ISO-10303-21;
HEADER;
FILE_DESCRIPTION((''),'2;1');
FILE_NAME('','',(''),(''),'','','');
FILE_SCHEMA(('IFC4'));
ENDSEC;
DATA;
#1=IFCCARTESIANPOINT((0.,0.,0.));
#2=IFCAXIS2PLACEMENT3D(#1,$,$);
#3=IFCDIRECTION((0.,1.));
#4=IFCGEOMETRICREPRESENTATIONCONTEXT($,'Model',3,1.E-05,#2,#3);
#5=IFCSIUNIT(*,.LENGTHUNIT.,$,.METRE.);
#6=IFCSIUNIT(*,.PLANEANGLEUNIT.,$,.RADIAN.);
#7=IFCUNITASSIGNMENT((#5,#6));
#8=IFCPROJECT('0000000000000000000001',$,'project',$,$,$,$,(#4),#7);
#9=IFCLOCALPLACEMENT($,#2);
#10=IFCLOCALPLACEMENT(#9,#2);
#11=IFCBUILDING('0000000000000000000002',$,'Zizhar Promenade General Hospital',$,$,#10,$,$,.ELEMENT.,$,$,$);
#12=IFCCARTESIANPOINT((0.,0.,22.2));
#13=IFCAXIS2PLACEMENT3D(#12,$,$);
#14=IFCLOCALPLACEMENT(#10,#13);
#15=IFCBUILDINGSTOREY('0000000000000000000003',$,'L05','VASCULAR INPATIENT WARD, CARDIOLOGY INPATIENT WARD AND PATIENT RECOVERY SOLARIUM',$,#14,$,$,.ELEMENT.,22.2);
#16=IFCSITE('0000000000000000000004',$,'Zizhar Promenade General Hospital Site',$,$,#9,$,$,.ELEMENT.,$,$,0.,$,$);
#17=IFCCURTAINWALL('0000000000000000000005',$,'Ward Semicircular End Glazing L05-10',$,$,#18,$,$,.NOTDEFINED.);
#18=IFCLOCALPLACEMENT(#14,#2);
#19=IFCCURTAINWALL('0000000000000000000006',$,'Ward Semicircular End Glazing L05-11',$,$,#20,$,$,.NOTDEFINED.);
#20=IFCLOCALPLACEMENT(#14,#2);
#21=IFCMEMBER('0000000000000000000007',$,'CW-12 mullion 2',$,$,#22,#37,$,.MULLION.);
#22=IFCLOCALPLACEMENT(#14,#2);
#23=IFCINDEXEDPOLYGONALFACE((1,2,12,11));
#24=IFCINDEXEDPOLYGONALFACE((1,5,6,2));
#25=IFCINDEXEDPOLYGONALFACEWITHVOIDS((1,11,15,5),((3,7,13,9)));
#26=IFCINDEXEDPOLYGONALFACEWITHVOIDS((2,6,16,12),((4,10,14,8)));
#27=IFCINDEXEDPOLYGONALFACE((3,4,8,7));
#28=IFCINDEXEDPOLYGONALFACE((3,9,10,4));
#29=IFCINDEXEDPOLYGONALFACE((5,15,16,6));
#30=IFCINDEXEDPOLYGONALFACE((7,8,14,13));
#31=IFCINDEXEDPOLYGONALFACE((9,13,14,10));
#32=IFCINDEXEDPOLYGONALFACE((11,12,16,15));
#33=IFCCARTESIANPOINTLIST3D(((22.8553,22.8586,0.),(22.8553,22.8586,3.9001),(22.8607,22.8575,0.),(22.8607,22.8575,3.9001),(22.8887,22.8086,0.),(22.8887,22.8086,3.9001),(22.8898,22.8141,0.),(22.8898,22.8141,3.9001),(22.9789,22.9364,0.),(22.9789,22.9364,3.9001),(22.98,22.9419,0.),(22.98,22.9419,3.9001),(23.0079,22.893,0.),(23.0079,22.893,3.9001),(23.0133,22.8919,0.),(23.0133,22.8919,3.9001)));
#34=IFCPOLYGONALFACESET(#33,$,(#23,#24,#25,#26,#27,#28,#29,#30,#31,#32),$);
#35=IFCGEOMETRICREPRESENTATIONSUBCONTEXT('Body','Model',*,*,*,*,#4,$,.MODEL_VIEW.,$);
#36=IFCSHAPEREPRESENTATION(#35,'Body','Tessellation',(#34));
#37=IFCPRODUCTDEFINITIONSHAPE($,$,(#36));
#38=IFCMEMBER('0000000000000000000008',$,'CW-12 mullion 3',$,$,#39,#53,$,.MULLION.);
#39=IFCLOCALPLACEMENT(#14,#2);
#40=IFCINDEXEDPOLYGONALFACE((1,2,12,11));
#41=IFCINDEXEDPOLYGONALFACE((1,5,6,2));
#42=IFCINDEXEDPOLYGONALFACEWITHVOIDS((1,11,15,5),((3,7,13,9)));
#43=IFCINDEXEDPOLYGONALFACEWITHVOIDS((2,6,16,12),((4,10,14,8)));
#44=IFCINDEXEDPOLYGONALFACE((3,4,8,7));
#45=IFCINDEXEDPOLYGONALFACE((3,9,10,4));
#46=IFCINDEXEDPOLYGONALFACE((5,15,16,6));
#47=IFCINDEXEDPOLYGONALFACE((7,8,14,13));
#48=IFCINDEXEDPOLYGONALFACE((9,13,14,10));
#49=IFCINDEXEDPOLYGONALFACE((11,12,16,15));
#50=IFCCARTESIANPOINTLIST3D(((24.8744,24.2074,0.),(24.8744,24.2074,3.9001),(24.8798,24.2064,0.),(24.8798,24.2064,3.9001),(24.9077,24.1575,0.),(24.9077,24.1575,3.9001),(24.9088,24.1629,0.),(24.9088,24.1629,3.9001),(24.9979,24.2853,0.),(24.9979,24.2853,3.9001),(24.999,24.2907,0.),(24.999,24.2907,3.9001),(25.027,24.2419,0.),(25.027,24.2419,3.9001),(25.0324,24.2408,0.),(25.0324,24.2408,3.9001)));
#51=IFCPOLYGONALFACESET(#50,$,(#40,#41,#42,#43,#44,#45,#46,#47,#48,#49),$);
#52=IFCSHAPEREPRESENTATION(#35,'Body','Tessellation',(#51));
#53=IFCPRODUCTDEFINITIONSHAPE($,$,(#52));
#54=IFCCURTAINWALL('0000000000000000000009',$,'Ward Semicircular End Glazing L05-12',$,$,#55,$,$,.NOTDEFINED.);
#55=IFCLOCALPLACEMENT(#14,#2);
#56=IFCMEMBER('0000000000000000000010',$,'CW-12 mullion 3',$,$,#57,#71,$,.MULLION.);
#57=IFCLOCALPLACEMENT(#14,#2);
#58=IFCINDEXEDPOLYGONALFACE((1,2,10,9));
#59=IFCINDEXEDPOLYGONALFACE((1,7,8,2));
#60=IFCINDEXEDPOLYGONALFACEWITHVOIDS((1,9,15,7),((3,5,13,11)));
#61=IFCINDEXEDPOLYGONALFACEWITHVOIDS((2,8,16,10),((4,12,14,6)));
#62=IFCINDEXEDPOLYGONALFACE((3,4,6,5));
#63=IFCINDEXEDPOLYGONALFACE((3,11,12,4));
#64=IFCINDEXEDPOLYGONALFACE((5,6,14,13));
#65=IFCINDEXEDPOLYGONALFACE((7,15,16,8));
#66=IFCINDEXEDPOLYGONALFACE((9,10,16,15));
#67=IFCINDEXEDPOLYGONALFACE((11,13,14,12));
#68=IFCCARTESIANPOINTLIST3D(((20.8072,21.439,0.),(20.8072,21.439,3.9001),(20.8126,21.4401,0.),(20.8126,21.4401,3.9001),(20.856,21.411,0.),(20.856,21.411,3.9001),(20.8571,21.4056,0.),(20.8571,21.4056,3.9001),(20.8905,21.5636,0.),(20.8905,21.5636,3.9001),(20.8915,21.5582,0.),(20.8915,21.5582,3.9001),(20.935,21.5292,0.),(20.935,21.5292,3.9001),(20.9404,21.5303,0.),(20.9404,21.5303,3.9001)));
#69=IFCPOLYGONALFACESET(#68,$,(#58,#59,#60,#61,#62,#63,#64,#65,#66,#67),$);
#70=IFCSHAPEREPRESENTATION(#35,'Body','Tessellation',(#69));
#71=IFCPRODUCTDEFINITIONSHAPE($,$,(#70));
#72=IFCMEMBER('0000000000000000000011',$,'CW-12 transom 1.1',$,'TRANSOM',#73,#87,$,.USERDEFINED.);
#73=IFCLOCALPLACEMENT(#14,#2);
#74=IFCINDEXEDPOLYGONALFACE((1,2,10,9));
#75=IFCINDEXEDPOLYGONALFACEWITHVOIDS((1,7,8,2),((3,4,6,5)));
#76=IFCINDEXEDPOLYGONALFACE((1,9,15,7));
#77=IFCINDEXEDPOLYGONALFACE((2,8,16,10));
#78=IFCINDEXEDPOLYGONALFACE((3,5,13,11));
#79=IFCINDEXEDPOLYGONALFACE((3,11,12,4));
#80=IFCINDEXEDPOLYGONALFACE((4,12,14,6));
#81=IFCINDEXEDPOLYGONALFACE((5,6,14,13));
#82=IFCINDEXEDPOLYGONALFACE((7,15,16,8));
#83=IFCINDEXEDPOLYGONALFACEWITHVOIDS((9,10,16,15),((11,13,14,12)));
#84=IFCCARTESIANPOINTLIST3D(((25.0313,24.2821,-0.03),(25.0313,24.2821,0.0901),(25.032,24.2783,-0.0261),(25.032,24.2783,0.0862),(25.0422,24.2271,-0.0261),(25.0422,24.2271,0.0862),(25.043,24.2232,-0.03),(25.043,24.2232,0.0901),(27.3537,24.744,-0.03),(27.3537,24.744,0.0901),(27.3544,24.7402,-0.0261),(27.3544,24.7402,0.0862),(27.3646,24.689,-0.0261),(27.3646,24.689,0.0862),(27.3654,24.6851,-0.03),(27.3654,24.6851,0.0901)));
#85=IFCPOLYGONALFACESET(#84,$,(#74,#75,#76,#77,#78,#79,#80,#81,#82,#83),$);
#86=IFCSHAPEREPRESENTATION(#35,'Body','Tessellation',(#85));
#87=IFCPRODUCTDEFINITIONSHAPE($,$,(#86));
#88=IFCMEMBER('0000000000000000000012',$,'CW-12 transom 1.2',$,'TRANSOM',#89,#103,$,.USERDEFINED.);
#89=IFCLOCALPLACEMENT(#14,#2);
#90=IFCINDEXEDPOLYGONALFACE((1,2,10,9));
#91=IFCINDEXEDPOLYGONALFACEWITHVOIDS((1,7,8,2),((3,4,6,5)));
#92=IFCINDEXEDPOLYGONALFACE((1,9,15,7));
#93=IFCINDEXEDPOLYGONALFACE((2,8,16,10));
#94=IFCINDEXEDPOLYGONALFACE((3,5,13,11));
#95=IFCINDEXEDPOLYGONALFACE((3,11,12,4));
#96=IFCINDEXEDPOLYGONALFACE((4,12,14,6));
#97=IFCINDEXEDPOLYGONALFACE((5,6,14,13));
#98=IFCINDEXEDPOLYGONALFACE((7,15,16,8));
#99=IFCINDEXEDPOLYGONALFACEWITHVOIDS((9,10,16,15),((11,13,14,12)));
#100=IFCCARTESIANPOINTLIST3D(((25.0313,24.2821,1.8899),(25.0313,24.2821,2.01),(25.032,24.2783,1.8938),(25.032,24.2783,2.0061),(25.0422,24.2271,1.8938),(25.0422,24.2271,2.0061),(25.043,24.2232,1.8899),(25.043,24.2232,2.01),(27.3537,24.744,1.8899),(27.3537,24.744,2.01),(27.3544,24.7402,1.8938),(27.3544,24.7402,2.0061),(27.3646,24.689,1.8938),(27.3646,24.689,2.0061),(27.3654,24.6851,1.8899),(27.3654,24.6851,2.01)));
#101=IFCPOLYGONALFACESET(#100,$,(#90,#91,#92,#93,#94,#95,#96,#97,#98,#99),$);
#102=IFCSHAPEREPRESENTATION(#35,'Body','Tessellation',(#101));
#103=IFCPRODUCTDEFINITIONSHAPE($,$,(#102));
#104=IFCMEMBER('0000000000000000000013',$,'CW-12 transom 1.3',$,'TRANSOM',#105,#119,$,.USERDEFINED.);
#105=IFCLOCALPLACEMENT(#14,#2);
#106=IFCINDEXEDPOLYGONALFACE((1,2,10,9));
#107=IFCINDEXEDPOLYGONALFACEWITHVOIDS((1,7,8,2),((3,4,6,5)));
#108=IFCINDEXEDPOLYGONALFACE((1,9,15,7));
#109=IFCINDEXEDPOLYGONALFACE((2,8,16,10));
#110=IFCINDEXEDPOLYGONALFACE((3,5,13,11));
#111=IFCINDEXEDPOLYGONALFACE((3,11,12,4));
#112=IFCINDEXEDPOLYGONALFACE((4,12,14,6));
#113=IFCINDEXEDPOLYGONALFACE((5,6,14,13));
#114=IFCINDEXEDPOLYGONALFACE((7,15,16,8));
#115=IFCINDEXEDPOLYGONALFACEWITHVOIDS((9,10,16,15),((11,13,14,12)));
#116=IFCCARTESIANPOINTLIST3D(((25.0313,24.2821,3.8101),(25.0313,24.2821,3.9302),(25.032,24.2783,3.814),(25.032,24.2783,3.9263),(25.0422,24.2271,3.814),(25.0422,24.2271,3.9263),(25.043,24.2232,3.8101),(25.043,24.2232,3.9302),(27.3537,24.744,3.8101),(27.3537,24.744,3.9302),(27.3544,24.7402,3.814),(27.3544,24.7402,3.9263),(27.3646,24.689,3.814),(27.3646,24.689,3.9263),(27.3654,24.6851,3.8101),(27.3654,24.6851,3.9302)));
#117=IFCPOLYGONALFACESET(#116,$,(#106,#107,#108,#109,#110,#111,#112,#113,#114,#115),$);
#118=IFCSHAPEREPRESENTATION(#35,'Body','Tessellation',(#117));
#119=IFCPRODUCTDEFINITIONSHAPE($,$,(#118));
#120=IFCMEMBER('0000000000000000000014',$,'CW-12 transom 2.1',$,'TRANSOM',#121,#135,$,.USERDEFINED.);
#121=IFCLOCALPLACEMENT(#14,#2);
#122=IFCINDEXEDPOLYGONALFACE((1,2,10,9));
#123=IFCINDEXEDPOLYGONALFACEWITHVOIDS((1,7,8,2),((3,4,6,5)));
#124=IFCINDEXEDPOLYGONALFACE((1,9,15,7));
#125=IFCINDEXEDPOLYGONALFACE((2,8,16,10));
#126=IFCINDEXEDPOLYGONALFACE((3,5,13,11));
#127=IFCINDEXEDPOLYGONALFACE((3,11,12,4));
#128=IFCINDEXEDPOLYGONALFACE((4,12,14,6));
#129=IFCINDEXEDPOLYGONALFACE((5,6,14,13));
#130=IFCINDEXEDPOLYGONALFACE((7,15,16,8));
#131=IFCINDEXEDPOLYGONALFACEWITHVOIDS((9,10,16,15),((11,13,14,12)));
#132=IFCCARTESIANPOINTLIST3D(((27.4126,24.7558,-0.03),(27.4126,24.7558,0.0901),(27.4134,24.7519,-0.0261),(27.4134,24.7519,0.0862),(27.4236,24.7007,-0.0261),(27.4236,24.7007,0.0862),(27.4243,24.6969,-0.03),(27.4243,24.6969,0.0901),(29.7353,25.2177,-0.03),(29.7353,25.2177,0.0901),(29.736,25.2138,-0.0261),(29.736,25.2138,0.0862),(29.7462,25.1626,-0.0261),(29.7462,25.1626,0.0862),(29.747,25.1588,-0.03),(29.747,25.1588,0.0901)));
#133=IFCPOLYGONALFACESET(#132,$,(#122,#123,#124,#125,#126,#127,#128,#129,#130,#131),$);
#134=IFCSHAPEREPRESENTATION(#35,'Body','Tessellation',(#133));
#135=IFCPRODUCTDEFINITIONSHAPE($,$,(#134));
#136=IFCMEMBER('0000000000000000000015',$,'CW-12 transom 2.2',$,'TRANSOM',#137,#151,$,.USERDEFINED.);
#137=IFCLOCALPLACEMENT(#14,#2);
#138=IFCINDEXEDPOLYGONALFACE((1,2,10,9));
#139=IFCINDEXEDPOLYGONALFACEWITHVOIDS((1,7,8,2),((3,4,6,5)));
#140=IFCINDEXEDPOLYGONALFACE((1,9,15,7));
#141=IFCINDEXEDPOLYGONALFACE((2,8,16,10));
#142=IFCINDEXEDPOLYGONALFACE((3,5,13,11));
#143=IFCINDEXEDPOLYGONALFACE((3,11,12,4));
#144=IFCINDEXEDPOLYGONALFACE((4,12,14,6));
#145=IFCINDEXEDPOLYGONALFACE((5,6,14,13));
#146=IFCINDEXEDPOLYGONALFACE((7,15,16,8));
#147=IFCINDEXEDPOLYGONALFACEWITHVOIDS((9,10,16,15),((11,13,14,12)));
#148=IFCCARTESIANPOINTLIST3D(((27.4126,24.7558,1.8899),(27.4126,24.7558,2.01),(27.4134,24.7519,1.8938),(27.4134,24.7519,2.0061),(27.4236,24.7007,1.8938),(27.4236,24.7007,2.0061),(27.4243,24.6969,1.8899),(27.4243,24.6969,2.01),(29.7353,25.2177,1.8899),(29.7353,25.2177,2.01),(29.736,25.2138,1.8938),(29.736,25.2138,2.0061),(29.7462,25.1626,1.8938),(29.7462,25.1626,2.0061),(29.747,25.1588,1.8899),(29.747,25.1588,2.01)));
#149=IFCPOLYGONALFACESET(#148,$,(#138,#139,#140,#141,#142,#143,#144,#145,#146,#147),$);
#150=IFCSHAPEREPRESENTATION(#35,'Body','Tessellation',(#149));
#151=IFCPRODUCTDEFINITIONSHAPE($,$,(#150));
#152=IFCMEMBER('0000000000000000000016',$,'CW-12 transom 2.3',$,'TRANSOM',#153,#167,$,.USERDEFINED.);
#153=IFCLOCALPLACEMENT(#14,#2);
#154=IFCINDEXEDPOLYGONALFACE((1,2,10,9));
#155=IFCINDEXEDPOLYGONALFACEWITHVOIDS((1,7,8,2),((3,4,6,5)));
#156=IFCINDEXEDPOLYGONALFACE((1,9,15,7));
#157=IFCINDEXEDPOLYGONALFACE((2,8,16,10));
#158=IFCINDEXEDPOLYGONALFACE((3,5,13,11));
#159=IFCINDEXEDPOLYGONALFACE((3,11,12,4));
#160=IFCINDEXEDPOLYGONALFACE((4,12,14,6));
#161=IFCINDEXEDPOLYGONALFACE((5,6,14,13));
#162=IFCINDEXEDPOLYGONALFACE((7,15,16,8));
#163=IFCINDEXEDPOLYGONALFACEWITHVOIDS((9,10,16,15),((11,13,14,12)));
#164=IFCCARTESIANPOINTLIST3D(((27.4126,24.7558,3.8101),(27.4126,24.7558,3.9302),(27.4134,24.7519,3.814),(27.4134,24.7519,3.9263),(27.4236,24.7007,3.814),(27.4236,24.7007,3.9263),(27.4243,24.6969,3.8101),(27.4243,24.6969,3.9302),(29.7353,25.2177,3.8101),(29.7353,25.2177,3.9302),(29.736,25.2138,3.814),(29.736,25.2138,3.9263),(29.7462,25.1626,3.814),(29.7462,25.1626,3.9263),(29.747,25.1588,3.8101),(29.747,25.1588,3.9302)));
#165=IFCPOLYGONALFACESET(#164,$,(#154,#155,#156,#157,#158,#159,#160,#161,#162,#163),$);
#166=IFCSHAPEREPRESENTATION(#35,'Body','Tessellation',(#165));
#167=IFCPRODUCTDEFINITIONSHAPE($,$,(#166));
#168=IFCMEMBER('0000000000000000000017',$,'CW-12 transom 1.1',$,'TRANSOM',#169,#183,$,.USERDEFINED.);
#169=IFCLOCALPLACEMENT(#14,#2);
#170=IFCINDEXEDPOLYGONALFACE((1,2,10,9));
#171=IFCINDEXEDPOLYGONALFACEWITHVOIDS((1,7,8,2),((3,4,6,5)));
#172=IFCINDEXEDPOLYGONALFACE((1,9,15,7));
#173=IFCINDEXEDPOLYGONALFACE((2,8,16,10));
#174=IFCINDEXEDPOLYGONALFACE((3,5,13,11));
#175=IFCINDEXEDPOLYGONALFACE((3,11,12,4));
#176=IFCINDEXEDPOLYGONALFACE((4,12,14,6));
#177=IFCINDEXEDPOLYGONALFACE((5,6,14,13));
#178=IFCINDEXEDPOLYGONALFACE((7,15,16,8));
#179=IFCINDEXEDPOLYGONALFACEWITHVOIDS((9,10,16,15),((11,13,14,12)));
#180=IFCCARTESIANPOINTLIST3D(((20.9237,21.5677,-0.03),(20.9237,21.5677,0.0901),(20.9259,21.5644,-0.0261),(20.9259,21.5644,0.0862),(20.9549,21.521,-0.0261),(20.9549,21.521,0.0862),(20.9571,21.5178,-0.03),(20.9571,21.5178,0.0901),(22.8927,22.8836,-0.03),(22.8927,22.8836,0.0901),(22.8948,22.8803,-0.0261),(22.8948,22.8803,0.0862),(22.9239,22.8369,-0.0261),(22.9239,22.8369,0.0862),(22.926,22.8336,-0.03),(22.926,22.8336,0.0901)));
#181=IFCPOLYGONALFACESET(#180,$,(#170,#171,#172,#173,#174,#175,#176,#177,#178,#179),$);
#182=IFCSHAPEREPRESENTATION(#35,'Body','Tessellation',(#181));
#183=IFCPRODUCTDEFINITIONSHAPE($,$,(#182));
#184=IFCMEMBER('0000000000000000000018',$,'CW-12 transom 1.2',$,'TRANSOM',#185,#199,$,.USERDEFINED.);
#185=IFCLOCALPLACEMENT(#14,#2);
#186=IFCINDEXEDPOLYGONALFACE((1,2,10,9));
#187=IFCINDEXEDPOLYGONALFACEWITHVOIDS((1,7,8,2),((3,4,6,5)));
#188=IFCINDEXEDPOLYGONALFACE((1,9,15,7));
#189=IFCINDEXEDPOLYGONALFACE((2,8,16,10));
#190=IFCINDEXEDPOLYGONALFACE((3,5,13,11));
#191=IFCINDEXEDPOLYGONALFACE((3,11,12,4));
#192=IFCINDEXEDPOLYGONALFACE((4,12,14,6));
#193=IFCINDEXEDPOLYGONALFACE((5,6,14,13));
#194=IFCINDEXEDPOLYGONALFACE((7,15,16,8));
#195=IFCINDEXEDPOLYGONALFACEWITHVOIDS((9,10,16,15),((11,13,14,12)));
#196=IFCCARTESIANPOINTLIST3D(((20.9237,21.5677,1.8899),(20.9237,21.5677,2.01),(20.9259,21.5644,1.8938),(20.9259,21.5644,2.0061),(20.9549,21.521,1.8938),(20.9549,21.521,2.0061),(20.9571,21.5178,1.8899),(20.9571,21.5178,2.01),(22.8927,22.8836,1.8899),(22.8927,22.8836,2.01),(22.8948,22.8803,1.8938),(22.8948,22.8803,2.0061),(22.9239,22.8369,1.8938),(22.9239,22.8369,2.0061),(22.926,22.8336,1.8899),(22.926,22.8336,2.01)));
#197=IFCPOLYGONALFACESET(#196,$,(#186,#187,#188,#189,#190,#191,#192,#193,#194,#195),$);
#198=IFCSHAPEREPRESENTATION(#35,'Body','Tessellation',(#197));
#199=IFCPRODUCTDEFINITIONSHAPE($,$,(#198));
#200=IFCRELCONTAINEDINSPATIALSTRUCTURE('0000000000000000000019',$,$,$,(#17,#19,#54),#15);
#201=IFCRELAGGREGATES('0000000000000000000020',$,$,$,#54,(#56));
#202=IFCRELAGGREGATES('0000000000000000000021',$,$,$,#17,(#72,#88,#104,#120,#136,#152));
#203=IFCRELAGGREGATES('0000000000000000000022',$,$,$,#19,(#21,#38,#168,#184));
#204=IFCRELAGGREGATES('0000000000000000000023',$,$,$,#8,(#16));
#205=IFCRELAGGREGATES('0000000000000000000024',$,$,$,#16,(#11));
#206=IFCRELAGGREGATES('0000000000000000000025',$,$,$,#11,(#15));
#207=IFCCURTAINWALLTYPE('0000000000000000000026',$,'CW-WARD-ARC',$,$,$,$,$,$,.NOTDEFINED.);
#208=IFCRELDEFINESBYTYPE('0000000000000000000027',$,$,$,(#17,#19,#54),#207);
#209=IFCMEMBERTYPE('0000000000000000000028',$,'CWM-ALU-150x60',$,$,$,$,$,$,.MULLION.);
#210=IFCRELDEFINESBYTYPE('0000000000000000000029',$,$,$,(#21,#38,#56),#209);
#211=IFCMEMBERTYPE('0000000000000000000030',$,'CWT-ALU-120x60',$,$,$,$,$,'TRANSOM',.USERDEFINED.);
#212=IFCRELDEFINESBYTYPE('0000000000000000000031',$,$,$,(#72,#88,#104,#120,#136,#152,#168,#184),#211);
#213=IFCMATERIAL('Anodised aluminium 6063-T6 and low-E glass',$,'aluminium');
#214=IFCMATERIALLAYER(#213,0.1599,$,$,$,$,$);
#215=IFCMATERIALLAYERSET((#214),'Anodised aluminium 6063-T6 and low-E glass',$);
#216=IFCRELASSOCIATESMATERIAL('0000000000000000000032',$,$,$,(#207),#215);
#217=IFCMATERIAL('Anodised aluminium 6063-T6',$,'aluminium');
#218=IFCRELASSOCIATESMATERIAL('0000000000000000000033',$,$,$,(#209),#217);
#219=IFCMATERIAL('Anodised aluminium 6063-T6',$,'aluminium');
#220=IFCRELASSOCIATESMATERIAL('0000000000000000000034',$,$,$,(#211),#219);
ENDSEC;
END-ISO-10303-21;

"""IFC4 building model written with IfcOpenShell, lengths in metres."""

from ifc_helpers import new_model, si_unit, direction, frame, origin, origin_2d, place, context, subcontext, project, spatial, hollow_rectangle, extrude, material, layer, layer_set, material_profile, profile_set, type_object, element, aggregate, save


model = new_model("IFC4")

# Units and contexts
model_context = context("Model", 3, precision=1e-05, world=origin(), true_north=direction((0.0, 1.0)))
body_context = subcontext(model_context, "Body", "Model", "MODEL_VIEW")
ifc_project = project(units=[si_unit("LENGTHUNIT", "METRE"), si_unit("PLANEANGLEUNIT", "RADIAN")], contexts=[model_context])

# Site, building, storey
site_placement = place(None, origin())
site = spatial("IfcSite", under=ifc_project, at=site_placement, Name="Zizhar Promenade General Hospital Site", CompositionType="ELEMENT", RefElevation=0.0)
building_placement = place(site_placement, origin())
building = spatial("IfcBuilding", under=site, at=building_placement, Name="Zizhar Promenade General Hospital", CompositionType="ELEMENT")
storey_placement = place(building_placement, frame((0.0, 0.0, 22.2)))
storey = spatial("IfcBuildingStorey", under=building, at=storey_placement, Name="L05", Description="VASCULAR INPATIENT WARD, CARDIOLOGY INPATIENT WARD AND PATIENT RECOVERY SOLARIUM", CompositionType="ELEMENT", Elevation=22.2)

# Curtain walls, members
ifc_material_1 = material(Name="Anodised aluminium 6063-T6 and low-E glass", Category="aluminium")
ifc_layer_1 = layer(ifc_material_1, 0.1599)
ifc_layer_set_1 = layer_set([ifc_layer_1], Name="Anodised aluminium 6063-T6 and low-E glass")
curtain_wall_type = type_object("IfcCurtainWallType", Name="CW-WARD-ARC", PredefinedType="NOTDEFINED", material=ifc_layer_set_1)
curtain_wall_1_placement = place(storey_placement, origin())
curtain_wall_1 = element("IfcCurtainWall", 1, at=curtain_wall_1_placement, inside=storey, type_object=curtain_wall_type, Name="Ward Semicircular End Glazing L05-10", PredefinedType="NOTDEFINED")
ifc_material_2 = material(Name="Anodised aluminium 6063-T6", Category="aluminium")
ifc_material_profile_1 = material_profile(ifc_material_2, hollow_rectangle(XDim=0.0601, YDim=0.1499, WallThickness=0.0039, at=origin_2d()))
ifc_profile_set_1 = profile_set([ifc_material_profile_1], Name="Anodised aluminium 6063-T6")
member_type_1 = type_object("IfcMemberType", Name="CWM-ALU-150x60", PredefinedType="MULLION", material=ifc_profile_set_1)
curtain_wall_2_placement = place(storey_placement, origin())
curtain_wall_2 = element("IfcCurtainWall", 2, at=curtain_wall_2_placement, inside=storey, type_object=curtain_wall_type, Name="Ward Semicircular End Glazing L05-11", PredefinedType="NOTDEFINED")
member_1_placement = place(storey_placement, frame((22.9343, 22.8752, 0.0), z_axis=(0.0, 0.0, 1.0), x_axis=(-0.555582, 0.831462, 0.0)))
member_1 = element("IfcMember", 3, at=member_1_placement, type_object=member_type_1, Name="CW-12 mullion 2", PredefinedType="MULLION", context=body_context, shape_type="SweptSolid", body=[
    extrude(hollow_rectangle(XDim=0.0601, YDim=0.1499, WallThickness=0.0039, at=origin_2d()), origin(), (0.0, 0.0, 1.0), 3.9001),
])
member_2_placement = place(storey_placement, frame((24.9534, 24.2241, 0.0), z_axis=(0.0, 0.0, 1.0), x_axis=(-0.555582, 0.831462, 0.0)))
member_2 = element("IfcMember", 4, at=member_2_placement, type_object=member_type_1, Name="CW-12 mullion 3", PredefinedType="MULLION", context=body_context, shape_type="SweptSolid", body=[
    extrude(hollow_rectangle(XDim=0.0601, YDim=0.1499, WallThickness=0.0039, at=origin_2d()), origin(), (0.0, 0.0, 1.0), 3.9001),
])

# Curtain wall, member
curtain_wall_3_placement = place(storey_placement, origin())
curtain_wall_3 = element("IfcCurtainWall", 5, at=curtain_wall_3_placement, inside=storey, type_object=curtain_wall_type, Name="Ward Semicircular End Glazing L05-12", PredefinedType="NOTDEFINED")
member_3_placement = place(storey_placement, frame((20.8738, 21.4846, 0.0), z_axis=(0.0, 0.0, 1.0), x_axis=(-0.831462, 0.555582, 0.0)))
member_3 = element("IfcMember", 6, at=member_3_placement, type_object=member_type_1, Name="CW-12 mullion 3", PredefinedType="MULLION", context=body_context, shape_type="SweptSolid", body=[
    extrude(hollow_rectangle(XDim=0.0601, YDim=0.1499, WallThickness=0.0039, at=origin_2d()), origin(), (0.0, 0.0, 1.0), 3.9001),
])
aggregate(curtain_wall_3, [member_3])

# Members
ifc_material_3 = material(Name="Anodised aluminium 6063-T6", Category="aluminium")
ifc_material_profile_2 = material_profile(ifc_material_3, hollow_rectangle(XDim=0.0601, YDim=0.1201, WallThickness=0.0039, at=origin_2d()))
ifc_profile_set_2 = profile_set([ifc_material_profile_2], Name="Anodised aluminium 6063-T6")
member_type_2 = type_object("IfcMemberType", Name="CWT-ALU-120x60", ElementType="TRANSOM", PredefinedType="USERDEFINED", material=ifc_profile_set_2)
member_4_placement = place(storey_placement, frame((25.0371, 24.2527, 0.03), z_axis=(0.98079, 0.195065, 0.0), x_axis=(-0.195065, 0.98079, 0.0)))
member_4 = element("IfcMember", 7, at=member_4_placement, type_object=member_type_2, Name="CW-12 transom 1.1", ObjectType="TRANSOM", PredefinedType="USERDEFINED", context=body_context, shape_type="SweptSolid", body=[
    extrude(hollow_rectangle(XDim=0.0601, YDim=0.1201, WallThickness=0.0039, at=origin_2d()), origin(), (0.0, 0.0, 1.0), 2.3679),
])
member_5_placement = place(storey_placement, frame((25.0371, 24.2527, 1.95), z_axis=(0.98079, 0.195065, 0.0), x_axis=(-0.195065, 0.98079, 0.0)))
member_5 = element("IfcMember", 8, at=member_5_placement, type_object=member_type_2, Name="CW-12 transom 1.2", ObjectType="TRANSOM", PredefinedType="USERDEFINED", context=body_context, shape_type="SweptSolid", body=[
    extrude(hollow_rectangle(XDim=0.0601, YDim=0.1201, WallThickness=0.0039, at=origin_2d()), origin(), (0.0, 0.0, 1.0), 2.3679),
])
member_6_placement = place(storey_placement, frame((25.0371, 24.2527, 3.8701), z_axis=(0.98079, 0.195065, 0.0), x_axis=(-0.195065, 0.98079, 0.0)))
member_6 = element("IfcMember", 9, at=member_6_placement, type_object=member_type_2, Name="CW-12 transom 1.3", ObjectType="TRANSOM", PredefinedType="USERDEFINED", context=body_context, shape_type="SweptSolid", body=[
    extrude(hollow_rectangle(XDim=0.0601, YDim=0.1201, WallThickness=0.0039, at=origin_2d()), origin(), (0.0, 0.0, 1.0), 2.3679),
])
member_7_placement = place(storey_placement, frame((27.4185, 24.7263, 0.03), z_axis=(0.980794, 0.195045, 0.0), x_axis=(-0.195045, 0.980794, 0.0)))
member_7 = element("IfcMember", 10, at=member_7_placement, type_object=member_type_2, Name="CW-12 transom 2.1", ObjectType="TRANSOM", PredefinedType="USERDEFINED", context=body_context, shape_type="SweptSolid", body=[
    extrude(hollow_rectangle(XDim=0.0601, YDim=0.1201, WallThickness=0.0039, at=origin_2d()), origin(), (0.0, 0.0, 1.0), 2.3682),
])
member_8_placement = place(storey_placement, frame((27.4185, 24.7263, 1.95), z_axis=(0.980794, 0.195045, 0.0), x_axis=(-0.195045, 0.980794, 0.0)))
member_8 = element("IfcMember", 11, at=member_8_placement, type_object=member_type_2, Name="CW-12 transom 2.2", ObjectType="TRANSOM", PredefinedType="USERDEFINED", context=body_context, shape_type="SweptSolid", body=[
    extrude(hollow_rectangle(XDim=0.0601, YDim=0.1201, WallThickness=0.0039, at=origin_2d()), origin(), (0.0, 0.0, 1.0), 2.3682),
])
member_9_placement = place(storey_placement, frame((27.4185, 24.7263, 3.8701), z_axis=(0.980794, 0.195045, 0.0), x_axis=(-0.195045, 0.980794, 0.0)))
member_9 = element("IfcMember", 12, at=member_9_placement, type_object=member_type_2, Name="CW-12 transom 2.3", ObjectType="TRANSOM", PredefinedType="USERDEFINED", context=body_context, shape_type="SweptSolid", body=[
    extrude(hollow_rectangle(XDim=0.0601, YDim=0.1201, WallThickness=0.0039, at=origin_2d()), origin(), (0.0, 0.0, 1.0), 2.3682),
])
member_10_placement = place(storey_placement, frame((20.9404, 21.5427, 0.03), z_axis=(0.831415, 0.555651, 0.0), x_axis=(-0.555651, 0.831415, 0.0)))
member_10 = element("IfcMember", 13, at=member_10_placement, type_object=member_type_2, Name="CW-12 transom 1.1", ObjectType="TRANSOM", PredefinedType="USERDEFINED", context=body_context, shape_type="SweptSolid", body=[
    extrude(hollow_rectangle(XDim=0.0601, YDim=0.1201, WallThickness=0.0039, at=origin_2d()), origin(), (0.0, 0.0, 1.0), 2.3682),
])
member_11_placement = place(storey_placement, frame((20.9404, 21.5427, 1.95), z_axis=(0.831415, 0.555651, 0.0), x_axis=(-0.555651, 0.831415, 0.0)))
member_11 = element("IfcMember", 14, at=member_11_placement, type_object=member_type_2, Name="CW-12 transom 1.2", ObjectType="TRANSOM", PredefinedType="USERDEFINED", context=body_context, shape_type="SweptSolid", body=[
    extrude(hollow_rectangle(XDim=0.0601, YDim=0.1201, WallThickness=0.0039, at=origin_2d()), origin(), (0.0, 0.0, 1.0), 2.3682),
])

aggregate(curtain_wall_1, [member_4, member_5, member_6, member_7, member_8, member_9])
aggregate(curtain_wall_2, [member_1, member_2, member_10, member_11])

save(model, "model.ifc")
